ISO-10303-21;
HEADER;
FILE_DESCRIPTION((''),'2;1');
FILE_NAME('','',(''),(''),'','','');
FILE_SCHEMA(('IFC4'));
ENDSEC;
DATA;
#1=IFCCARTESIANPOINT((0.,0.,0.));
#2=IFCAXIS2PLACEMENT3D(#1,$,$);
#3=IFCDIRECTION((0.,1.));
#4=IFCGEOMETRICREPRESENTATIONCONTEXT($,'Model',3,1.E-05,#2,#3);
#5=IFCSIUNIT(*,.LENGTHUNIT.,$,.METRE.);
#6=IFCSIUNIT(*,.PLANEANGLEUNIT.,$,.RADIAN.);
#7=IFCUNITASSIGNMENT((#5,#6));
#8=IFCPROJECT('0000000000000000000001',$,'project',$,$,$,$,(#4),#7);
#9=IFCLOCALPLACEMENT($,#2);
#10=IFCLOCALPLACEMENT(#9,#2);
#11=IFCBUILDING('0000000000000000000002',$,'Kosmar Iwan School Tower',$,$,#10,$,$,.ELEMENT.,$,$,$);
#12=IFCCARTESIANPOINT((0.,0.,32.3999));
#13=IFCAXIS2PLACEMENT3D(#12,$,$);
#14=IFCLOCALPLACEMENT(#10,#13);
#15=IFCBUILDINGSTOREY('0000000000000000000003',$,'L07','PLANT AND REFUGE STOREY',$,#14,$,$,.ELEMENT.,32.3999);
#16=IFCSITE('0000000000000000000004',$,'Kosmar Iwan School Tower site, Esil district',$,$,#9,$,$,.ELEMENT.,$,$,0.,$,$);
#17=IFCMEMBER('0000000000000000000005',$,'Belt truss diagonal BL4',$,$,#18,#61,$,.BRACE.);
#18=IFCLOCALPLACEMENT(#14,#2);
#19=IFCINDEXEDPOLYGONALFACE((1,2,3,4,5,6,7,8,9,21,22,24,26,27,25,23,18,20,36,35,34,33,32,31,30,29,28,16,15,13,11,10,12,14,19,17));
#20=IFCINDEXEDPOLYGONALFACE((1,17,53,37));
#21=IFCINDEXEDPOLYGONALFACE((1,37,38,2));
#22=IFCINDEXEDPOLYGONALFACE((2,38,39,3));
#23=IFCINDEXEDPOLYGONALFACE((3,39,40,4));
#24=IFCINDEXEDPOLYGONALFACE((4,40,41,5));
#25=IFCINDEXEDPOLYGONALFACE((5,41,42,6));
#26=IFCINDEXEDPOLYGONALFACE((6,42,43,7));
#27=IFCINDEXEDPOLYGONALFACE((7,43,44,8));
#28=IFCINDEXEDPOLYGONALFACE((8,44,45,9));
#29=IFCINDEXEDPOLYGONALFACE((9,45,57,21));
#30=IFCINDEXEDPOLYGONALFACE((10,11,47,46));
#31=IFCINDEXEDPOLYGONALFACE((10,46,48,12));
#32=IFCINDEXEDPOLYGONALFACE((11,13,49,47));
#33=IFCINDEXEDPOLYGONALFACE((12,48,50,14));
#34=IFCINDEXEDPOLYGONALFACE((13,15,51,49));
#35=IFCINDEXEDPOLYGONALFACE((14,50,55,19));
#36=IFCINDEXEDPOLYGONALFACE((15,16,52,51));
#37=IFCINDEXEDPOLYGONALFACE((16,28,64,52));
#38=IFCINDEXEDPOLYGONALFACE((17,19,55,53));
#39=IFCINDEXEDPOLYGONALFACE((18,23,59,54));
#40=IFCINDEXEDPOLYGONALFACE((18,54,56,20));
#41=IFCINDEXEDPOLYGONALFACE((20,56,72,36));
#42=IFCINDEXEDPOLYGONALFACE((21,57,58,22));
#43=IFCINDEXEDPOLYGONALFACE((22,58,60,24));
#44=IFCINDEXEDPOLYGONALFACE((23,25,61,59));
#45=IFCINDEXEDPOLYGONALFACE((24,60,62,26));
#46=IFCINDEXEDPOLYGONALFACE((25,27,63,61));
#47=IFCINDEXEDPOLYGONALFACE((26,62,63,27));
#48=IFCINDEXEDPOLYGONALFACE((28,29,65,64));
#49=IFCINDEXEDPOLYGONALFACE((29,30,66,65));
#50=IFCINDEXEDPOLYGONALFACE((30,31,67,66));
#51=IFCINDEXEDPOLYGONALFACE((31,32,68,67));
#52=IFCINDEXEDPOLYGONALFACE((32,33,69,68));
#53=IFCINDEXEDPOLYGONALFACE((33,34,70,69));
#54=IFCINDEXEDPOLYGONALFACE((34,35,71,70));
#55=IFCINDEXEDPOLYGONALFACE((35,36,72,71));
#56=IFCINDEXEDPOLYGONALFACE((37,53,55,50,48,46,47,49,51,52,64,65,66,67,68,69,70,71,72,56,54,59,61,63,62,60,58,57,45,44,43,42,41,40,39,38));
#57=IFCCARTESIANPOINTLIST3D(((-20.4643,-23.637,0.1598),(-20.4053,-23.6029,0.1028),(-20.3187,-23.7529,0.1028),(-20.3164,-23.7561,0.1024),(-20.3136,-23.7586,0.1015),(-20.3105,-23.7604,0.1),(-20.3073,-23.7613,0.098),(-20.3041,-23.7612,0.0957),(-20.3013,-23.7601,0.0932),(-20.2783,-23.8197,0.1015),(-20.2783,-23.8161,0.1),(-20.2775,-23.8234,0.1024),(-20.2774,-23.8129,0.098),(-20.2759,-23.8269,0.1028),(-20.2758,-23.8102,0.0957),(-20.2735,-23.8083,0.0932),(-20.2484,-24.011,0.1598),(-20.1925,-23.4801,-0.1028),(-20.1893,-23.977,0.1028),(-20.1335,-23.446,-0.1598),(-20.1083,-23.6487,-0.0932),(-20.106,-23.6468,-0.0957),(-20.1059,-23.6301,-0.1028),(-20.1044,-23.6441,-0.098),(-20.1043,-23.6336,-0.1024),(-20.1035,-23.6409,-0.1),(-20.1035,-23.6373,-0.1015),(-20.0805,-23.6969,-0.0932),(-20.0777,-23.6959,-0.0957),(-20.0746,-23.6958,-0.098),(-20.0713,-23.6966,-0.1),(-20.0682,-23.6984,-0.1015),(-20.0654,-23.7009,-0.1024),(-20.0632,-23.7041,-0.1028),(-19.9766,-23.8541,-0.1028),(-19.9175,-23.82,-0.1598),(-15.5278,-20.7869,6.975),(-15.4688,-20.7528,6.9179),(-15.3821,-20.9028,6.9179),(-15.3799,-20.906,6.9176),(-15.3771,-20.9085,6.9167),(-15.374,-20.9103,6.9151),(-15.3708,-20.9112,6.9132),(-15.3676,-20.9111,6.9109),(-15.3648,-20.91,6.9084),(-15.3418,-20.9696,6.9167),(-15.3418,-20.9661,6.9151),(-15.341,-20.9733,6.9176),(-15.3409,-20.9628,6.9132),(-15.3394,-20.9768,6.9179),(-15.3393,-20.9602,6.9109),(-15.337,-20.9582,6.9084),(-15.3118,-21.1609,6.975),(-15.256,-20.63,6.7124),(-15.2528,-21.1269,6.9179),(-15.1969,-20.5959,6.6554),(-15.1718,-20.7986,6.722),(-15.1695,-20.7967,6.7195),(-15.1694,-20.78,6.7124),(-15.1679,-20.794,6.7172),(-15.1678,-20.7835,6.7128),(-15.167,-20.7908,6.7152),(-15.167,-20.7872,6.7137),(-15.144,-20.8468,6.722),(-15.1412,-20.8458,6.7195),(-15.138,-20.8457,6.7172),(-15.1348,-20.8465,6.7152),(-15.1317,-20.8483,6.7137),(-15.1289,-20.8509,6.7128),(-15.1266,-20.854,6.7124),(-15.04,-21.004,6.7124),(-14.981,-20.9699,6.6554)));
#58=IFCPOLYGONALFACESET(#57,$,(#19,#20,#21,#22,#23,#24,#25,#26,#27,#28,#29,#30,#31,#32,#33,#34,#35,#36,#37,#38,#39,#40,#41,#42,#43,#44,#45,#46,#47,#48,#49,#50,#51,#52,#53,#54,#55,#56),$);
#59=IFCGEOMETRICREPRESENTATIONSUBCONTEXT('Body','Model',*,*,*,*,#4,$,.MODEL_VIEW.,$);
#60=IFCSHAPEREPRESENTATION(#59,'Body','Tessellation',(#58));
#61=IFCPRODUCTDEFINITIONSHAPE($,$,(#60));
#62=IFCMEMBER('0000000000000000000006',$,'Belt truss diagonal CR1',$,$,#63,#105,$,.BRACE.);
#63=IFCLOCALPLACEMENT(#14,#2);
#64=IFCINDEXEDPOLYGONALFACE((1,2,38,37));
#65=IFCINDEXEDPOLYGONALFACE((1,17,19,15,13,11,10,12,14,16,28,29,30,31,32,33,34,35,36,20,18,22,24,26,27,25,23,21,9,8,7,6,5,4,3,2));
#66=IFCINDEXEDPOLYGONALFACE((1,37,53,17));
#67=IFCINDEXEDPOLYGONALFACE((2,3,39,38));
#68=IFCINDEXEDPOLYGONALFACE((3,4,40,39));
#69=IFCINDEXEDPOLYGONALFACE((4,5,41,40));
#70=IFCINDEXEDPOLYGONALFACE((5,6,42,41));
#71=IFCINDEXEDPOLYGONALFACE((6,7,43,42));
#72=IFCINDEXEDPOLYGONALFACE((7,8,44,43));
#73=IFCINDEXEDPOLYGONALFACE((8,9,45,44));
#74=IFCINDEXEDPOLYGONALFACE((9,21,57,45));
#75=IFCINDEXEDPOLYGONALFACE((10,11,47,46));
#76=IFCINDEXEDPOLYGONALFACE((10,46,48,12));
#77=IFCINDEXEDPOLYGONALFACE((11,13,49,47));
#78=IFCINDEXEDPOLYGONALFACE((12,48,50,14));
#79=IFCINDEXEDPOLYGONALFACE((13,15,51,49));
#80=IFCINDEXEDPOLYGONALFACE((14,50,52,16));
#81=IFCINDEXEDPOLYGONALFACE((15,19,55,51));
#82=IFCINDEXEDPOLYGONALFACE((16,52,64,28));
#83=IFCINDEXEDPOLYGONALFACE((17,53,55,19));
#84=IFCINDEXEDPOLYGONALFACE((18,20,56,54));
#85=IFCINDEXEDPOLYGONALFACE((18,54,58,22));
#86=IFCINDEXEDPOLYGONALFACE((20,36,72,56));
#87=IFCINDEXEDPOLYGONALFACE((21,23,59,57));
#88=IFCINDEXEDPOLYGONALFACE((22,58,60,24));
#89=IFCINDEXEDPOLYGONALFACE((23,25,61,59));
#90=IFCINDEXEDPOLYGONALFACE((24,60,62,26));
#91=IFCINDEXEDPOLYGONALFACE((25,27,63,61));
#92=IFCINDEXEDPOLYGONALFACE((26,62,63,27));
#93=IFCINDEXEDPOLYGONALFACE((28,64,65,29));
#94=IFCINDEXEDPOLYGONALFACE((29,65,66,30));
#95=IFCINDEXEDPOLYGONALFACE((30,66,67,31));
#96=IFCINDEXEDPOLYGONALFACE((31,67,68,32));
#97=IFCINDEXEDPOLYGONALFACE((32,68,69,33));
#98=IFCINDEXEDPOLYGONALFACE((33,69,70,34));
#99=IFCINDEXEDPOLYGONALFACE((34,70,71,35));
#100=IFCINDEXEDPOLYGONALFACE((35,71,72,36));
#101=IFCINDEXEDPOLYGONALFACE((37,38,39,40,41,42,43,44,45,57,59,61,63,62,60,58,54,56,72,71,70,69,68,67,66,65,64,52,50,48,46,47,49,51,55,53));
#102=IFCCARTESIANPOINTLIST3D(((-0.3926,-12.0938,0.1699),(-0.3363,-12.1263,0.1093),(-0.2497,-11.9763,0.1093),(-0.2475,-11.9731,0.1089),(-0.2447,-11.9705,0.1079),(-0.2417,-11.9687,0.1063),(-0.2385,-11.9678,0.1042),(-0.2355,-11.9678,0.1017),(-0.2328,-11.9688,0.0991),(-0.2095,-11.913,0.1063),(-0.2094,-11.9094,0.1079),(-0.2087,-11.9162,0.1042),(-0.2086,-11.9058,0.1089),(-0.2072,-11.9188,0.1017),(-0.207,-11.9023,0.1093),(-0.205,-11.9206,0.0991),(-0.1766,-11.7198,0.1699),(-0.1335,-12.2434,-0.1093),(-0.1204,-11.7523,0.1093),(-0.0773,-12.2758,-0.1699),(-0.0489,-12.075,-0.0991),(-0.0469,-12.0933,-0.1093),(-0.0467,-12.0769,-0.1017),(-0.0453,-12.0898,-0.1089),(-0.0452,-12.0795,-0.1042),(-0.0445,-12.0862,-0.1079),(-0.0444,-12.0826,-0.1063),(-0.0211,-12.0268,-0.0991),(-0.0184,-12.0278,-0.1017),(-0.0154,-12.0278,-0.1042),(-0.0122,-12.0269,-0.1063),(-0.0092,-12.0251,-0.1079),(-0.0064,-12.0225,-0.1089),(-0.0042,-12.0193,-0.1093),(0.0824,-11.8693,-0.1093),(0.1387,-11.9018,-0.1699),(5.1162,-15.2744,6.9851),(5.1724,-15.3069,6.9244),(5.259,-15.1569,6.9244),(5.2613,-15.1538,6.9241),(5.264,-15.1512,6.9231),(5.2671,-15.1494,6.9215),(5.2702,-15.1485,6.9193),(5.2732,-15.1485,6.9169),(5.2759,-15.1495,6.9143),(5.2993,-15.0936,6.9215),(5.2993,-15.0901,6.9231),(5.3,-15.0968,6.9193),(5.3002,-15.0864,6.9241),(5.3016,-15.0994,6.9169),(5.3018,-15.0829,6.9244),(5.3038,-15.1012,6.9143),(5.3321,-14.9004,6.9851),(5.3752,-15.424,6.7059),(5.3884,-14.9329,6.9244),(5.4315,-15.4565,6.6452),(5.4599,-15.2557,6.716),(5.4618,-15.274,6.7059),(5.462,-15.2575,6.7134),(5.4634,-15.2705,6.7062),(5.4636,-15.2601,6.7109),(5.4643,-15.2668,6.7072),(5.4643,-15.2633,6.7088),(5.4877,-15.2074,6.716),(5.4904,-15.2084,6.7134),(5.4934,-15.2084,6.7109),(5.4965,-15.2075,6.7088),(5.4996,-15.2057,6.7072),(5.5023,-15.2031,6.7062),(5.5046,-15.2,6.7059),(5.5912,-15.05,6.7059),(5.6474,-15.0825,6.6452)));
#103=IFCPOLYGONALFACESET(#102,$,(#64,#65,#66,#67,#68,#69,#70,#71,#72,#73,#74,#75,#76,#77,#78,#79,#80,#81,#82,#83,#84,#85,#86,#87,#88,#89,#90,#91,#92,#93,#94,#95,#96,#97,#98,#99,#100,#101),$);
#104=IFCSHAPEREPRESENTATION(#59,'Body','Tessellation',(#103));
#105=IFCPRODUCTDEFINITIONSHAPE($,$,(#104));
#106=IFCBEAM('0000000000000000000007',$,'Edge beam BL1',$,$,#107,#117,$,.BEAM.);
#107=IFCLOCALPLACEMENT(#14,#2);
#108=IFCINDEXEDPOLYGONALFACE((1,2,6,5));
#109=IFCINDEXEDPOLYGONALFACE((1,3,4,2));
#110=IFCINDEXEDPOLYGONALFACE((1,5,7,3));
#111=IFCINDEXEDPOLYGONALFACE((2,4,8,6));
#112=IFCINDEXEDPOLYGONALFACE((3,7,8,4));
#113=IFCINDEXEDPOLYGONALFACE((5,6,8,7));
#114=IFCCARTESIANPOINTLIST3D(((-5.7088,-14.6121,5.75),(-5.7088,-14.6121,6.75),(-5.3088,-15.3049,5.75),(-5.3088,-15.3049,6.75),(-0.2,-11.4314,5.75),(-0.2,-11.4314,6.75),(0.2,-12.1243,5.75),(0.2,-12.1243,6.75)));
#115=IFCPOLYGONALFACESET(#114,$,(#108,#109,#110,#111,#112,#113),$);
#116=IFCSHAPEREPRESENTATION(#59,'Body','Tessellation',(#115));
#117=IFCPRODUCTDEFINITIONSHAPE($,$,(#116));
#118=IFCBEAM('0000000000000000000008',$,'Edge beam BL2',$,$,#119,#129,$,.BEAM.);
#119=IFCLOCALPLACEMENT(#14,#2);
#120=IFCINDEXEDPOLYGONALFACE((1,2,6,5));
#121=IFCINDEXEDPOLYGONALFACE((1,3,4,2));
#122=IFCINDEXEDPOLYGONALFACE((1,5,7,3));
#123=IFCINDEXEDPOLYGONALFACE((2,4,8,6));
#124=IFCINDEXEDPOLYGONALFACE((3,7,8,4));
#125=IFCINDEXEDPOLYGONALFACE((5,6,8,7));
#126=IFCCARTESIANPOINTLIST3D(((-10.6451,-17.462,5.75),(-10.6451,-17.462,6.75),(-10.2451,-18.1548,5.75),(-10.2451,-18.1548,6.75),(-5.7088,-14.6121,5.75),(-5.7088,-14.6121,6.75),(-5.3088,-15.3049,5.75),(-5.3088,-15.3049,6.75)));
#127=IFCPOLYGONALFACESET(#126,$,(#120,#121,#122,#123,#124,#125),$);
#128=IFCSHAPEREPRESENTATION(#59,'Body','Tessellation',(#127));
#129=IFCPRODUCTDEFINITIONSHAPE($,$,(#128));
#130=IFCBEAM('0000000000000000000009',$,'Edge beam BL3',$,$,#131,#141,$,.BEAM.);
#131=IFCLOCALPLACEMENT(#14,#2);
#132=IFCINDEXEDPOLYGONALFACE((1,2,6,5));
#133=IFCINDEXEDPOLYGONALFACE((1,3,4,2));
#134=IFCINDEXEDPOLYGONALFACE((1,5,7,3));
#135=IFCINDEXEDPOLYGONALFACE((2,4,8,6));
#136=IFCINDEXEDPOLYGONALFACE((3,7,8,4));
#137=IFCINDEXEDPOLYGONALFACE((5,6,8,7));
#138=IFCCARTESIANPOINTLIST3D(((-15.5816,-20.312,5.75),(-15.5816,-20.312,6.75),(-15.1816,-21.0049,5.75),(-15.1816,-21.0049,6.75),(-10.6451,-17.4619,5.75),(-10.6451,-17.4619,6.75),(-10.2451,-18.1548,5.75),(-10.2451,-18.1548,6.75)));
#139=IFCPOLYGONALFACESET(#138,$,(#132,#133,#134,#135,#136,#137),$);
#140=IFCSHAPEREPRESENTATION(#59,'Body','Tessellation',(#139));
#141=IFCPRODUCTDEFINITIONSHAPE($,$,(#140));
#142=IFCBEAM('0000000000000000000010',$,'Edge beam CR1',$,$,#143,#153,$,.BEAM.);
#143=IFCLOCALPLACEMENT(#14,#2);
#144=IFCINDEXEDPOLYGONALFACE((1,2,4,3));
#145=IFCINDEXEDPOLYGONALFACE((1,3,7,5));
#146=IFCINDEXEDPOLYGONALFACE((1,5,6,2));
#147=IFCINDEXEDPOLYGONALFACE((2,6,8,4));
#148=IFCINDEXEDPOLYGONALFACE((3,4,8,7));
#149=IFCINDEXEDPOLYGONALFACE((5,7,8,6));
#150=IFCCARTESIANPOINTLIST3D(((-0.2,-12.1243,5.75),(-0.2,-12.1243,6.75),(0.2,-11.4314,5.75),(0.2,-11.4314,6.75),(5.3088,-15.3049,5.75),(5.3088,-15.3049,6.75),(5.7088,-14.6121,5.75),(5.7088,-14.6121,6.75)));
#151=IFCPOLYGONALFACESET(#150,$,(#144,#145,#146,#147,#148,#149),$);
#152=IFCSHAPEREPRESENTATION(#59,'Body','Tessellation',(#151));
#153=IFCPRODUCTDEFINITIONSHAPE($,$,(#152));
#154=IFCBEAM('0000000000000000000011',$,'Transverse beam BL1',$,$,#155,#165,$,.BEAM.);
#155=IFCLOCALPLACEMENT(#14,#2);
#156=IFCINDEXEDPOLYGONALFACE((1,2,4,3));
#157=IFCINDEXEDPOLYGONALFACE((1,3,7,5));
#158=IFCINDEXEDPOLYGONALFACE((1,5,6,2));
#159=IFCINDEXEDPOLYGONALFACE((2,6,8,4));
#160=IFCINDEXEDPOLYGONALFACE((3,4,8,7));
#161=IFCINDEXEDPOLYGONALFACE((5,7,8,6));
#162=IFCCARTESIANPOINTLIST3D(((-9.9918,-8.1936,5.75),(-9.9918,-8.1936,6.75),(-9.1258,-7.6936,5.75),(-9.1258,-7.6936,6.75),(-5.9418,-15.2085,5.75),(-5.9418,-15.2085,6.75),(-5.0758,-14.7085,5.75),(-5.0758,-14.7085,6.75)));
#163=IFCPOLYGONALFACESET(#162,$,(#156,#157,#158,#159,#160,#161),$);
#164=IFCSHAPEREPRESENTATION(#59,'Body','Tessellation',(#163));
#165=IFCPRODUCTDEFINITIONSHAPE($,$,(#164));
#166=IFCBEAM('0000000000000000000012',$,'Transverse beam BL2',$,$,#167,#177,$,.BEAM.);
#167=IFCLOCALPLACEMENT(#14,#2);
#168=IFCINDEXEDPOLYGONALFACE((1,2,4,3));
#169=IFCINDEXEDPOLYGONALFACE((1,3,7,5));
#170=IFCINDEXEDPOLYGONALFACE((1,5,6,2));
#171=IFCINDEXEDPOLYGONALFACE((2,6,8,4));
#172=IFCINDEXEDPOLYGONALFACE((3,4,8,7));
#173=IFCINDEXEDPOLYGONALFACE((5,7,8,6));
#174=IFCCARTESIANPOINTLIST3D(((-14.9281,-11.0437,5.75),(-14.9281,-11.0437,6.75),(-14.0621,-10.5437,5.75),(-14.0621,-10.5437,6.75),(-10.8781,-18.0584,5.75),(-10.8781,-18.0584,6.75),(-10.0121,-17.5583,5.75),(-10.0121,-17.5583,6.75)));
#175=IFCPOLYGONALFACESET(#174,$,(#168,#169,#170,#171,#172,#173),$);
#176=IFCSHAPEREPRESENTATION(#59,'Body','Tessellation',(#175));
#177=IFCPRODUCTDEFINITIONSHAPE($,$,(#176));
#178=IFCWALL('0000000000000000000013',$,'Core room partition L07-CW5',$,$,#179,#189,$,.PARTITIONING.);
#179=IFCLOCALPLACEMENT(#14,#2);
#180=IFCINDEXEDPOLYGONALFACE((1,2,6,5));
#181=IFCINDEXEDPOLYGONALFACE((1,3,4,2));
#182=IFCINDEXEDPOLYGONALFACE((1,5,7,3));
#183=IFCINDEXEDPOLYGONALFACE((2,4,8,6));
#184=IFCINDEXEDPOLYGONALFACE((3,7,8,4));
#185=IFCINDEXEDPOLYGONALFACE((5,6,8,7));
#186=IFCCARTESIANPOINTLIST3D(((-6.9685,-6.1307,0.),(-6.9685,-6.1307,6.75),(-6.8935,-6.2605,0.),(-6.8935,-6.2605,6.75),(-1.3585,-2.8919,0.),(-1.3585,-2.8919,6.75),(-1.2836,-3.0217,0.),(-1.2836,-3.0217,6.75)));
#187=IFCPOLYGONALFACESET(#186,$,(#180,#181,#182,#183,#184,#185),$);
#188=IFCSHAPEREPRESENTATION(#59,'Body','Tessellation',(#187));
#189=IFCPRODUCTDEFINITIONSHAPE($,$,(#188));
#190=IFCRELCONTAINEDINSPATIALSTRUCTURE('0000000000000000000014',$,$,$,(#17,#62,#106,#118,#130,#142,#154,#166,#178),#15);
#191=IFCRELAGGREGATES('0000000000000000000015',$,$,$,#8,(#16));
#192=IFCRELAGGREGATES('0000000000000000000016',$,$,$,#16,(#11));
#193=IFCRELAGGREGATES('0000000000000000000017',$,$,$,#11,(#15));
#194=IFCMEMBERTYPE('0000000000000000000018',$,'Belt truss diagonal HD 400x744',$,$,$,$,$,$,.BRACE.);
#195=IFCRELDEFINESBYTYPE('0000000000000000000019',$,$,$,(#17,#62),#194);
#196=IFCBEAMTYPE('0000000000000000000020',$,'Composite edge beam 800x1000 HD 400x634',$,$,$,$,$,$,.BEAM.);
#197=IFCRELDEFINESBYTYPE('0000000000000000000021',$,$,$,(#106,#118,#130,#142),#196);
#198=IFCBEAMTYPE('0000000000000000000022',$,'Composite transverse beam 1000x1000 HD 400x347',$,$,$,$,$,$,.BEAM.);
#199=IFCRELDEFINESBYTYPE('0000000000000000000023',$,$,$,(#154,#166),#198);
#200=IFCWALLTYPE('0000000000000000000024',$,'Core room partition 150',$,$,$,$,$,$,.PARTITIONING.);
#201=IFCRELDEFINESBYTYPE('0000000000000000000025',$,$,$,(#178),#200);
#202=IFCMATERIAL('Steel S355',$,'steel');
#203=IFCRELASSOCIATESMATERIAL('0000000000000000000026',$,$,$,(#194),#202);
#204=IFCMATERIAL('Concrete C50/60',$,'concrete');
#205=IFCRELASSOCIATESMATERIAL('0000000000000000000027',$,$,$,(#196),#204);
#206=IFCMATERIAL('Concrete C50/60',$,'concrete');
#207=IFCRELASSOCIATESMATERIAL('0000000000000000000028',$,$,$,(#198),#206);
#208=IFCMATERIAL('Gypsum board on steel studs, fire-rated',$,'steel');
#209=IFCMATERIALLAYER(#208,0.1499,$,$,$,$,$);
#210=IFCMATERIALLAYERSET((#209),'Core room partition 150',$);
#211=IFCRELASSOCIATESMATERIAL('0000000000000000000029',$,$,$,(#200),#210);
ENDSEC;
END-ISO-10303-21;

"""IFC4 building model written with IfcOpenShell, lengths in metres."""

from ifc_helpers import new_model, si_unit, direction, frame, frame_2d, origin, origin_2d, place, context, subcontext, project, spatial, rectangle, i_section, extrude, material, layer, layer_set, material_profile, profile_set, type_object, element, save


model = new_model("IFC4")

# Units and contexts
model_context = context("Model", 3, precision=1e-05, world=origin(), true_north=direction((0.0, 1.0)))
body_context = subcontext(model_context, "Body", "Model", "MODEL_VIEW")
ifc_project = project(units=[si_unit("LENGTHUNIT", "METRE"), si_unit("PLANEANGLEUNIT", "RADIAN")], contexts=[model_context])

# Site, building, storey
site_placement = place(None, origin())
site = spatial("IfcSite", under=ifc_project, at=site_placement, Name="Kosmar Iwan School Tower site, Esil district", CompositionType="ELEMENT", RefElevation=0.0)
building_placement = place(site_placement, origin())
building = spatial("IfcBuilding", under=site, at=building_placement, Name="Kosmar Iwan School Tower", CompositionType="ELEMENT")
storey_placement = place(building_placement, frame((0.0, 0.0, 32.3999)))
storey = spatial("IfcBuildingStorey", under=building, at=storey_placement, Name="L07", Description="PLANT AND REFUGE STOREY", CompositionType="ELEMENT", Elevation=32.3999)

# Members
ifc_material_1 = material(Name="Steel S355", Category="steel")
ifc_material_profile_1 = material_profile(ifc_material_1, i_section(OverallWidth=0.4319, OverallDepth=0.498, WebThickness=0.0557, FlangeThickness=0.0889, FilletRadius=0.0149, at=origin_2d()), Name="HD 400x744")
ifc_profile_set_1 = profile_set([ifc_material_profile_1], Name="Steel S355")
member_type = type_object("IfcMemberType", Name="Belt truss diagonal HD 400x744", PredefinedType="BRACE", material=ifc_profile_set_1)
member_1_placement = place(storey_placement, frame((-15.2544, -20.8784, 6.8152), z_axis=(-0.555617, -0.320785, -0.767064), x_axis=(0.499999, -0.866026, 0.0)))
element("IfcMember", 1, at=member_1_placement, inside=storey, type_object=member_type, Name="Belt truss diagonal BL4", PredefinedType="BRACE", context=body_context, shape_type="SweptSolid", body=[
    extrude(i_section(OverallWidth=0.4319, OverallDepth=0.498, WebThickness=0.0557, FlangeThickness=0.0889, FilletRadius=0.0149, at=origin_2d()), origin(), (0.0, 0.0, 1.0), 8.8848),
])
member_2_placement = place(storey_placement, frame((-0.127, -11.9978, 0.0), z_axis=(0.590909, -0.341179, 0.731042), x_axis=(0.500019, 0.866014, 0.0)))
element("IfcMember", 2, at=member_2_placement, inside=storey, type_object=member_type, Name="Belt truss diagonal CR1", PredefinedType="BRACE", context=body_context, shape_type="SweptSolid", body=[
    extrude(i_section(OverallWidth=0.4319, OverallDepth=0.498, WebThickness=0.0557, FlangeThickness=0.0889, FilletRadius=0.0149, at=origin_2d()), origin(), (0.0, 0.0, 1.0), 9.3225),
])

# Beams
ifc_material_2 = material(Name="Concrete C50/60", Category="concrete")
ifc_material_profile_2 = material_profile(ifc_material_2, rectangle(XDim=0.8, YDim=1.0, at=origin_2d()), Name="RC 800x1000 + HD 400x634")
ifc_profile_set_2 = profile_set([ifc_material_profile_2], Name="Concrete C50/60")
beam_type_1 = type_object("IfcBeamType", Name="Composite edge beam 800x1000 HD 400x634", PredefinedType="BEAM", material=ifc_profile_set_2)
beam_1_placement = place(storey_placement, frame((0.0, -11.7778, 6.25), z_axis=(-0.866014, -0.500019, 0.0), x_axis=(0.500019, -0.866014, 0.0)))
element("IfcBeam", 3, at=beam_1_placement, inside=storey, type_object=beam_type_1, Name="Edge beam BL1", PredefinedType="BEAM", context=body_context, shape_type="SweptSolid", body=[
    extrude(rectangle(XDim=0.8, YDim=1.0, at=origin_2d()), origin(), (0.0, 0.0, 1.0), 6.3611),
])
beam_2_placement = place(storey_placement, frame((-5.5088, -14.9585, 6.25), z_axis=(-0.866034, -0.499986, 0.0), x_axis=(0.499986, -0.866034, 0.0)))
element("IfcBeam", 4, at=beam_2_placement, inside=storey, type_object=beam_type_1, Name="Edge beam BL2", PredefinedType="BEAM", context=body_context, shape_type="SweptSolid", body=[
    extrude(rectangle(XDim=0.8, YDim=1.0, at=origin_2d()), origin(), (0.0, 0.0, 1.0), 5.7),
])
beam_3_placement = place(storey_placement, frame((-10.4451, -17.8083, 6.25), z_axis=(-0.866026, -0.499999, 0.0), x_axis=(0.499999, -0.866026, 0.0)))
element("IfcBeam", 5, at=beam_3_placement, inside=storey, type_object=beam_type_1, Name="Edge beam BL3", PredefinedType="BEAM", context=body_context, shape_type="SweptSolid", body=[
    extrude(rectangle(XDim=0.8, YDim=1.0, at=origin_2d()), origin(), (0.0, 0.0, 1.0), 5.7002),
])
beam_4_placement = place(storey_placement, frame((0.0, -11.7778, 6.25), z_axis=(0.866014, -0.500019, 0.0), x_axis=(0.500019, 0.866014, 0.0)))
element("IfcBeam", 6, at=beam_4_placement, inside=storey, type_object=beam_type_1, Name="Edge beam CR1", PredefinedType="BEAM", context=body_context, shape_type="SweptSolid", body=[
    extrude(rectangle(XDim=0.8, YDim=1.0, at=origin_2d()), origin(), (0.0, 0.0, 1.0), 6.3611),
])
ifc_material_3 = material(Name="Concrete C50/60", Category="concrete")
ifc_material_profile_3 = material_profile(ifc_material_3, rectangle(XDim=1.0, YDim=1.0, at=origin_2d()), Name="RC 1000x1000 + HD 400x347")
ifc_profile_set_3 = profile_set([ifc_material_profile_3], Name="Concrete C50/60")
beam_type_2 = type_object("IfcBeamType", Name="Composite transverse beam 1000x1000 HD 400x347", PredefinedType="BEAM", material=ifc_profile_set_3)
beam_5_placement = place(storey_placement, frame((-5.5088, -14.9585, 6.25), z_axis=(-0.5, 0.866025, 0.0), x_axis=(-0.866025, -0.5, 0.0)))
element("IfcBeam", 7, at=beam_5_placement, inside=storey, type_object=beam_type_2, Name="Transverse beam BL1", PredefinedType="BEAM", context=body_context, shape_type="SweptSolid", body=[
    extrude(rectangle(XDim=1.0, YDim=1.0, at=origin_2d()), origin(), (0.0, 0.0, 1.0), 8.1001),
])
beam_6_placement = place(storey_placement, frame((-10.4451, -17.8083, 6.25), z_axis=(-0.500013, 0.866018, 0.0), x_axis=(-0.866018, -0.500013, 0.0)))
element("IfcBeam", 8, at=beam_6_placement, inside=storey, type_object=beam_type_2, Name="Transverse beam BL2", PredefinedType="BEAM", context=body_context, shape_type="SweptSolid", body=[
    extrude(rectangle(XDim=1.0, YDim=1.0, at=origin_2d()), origin(), (0.0, 0.0, 1.0), 8.0999),
])

# Wall
ifc_material_4 = material(Name="Gypsum board on steel studs, fire-rated", Category="steel")
ifc_layer_1 = layer(ifc_material_4, 0.1499)
ifc_layer_set_1 = layer_set([ifc_layer_1], Name="Core room partition 150")
wall_type_1 = type_object("IfcWallType", Name="Core room partition 150", PredefinedType="PARTITIONING", material=ifc_layer_set_1)
wall_1_placement = place(storey_placement, frame((-6.9309, -6.1956, 0.0), z_axis=(0.0, 0.0, 1.0), x_axis=(0.866031, 0.49999, 0.0)))
element("IfcWall", 9, at=wall_1_placement, inside=storey, type_object=wall_type_1, Name="Core room partition L07-CW5", PredefinedType="PARTITIONING", context=body_context, shape_type="SweptSolid", body=[
    extrude(rectangle(XDim=6.4778, YDim=0.1499, at=frame_2d((3.2388, 0.0))), origin(), (0.0, 0.0, 1.0), 6.75),
])

save(model, "model.ifc")
